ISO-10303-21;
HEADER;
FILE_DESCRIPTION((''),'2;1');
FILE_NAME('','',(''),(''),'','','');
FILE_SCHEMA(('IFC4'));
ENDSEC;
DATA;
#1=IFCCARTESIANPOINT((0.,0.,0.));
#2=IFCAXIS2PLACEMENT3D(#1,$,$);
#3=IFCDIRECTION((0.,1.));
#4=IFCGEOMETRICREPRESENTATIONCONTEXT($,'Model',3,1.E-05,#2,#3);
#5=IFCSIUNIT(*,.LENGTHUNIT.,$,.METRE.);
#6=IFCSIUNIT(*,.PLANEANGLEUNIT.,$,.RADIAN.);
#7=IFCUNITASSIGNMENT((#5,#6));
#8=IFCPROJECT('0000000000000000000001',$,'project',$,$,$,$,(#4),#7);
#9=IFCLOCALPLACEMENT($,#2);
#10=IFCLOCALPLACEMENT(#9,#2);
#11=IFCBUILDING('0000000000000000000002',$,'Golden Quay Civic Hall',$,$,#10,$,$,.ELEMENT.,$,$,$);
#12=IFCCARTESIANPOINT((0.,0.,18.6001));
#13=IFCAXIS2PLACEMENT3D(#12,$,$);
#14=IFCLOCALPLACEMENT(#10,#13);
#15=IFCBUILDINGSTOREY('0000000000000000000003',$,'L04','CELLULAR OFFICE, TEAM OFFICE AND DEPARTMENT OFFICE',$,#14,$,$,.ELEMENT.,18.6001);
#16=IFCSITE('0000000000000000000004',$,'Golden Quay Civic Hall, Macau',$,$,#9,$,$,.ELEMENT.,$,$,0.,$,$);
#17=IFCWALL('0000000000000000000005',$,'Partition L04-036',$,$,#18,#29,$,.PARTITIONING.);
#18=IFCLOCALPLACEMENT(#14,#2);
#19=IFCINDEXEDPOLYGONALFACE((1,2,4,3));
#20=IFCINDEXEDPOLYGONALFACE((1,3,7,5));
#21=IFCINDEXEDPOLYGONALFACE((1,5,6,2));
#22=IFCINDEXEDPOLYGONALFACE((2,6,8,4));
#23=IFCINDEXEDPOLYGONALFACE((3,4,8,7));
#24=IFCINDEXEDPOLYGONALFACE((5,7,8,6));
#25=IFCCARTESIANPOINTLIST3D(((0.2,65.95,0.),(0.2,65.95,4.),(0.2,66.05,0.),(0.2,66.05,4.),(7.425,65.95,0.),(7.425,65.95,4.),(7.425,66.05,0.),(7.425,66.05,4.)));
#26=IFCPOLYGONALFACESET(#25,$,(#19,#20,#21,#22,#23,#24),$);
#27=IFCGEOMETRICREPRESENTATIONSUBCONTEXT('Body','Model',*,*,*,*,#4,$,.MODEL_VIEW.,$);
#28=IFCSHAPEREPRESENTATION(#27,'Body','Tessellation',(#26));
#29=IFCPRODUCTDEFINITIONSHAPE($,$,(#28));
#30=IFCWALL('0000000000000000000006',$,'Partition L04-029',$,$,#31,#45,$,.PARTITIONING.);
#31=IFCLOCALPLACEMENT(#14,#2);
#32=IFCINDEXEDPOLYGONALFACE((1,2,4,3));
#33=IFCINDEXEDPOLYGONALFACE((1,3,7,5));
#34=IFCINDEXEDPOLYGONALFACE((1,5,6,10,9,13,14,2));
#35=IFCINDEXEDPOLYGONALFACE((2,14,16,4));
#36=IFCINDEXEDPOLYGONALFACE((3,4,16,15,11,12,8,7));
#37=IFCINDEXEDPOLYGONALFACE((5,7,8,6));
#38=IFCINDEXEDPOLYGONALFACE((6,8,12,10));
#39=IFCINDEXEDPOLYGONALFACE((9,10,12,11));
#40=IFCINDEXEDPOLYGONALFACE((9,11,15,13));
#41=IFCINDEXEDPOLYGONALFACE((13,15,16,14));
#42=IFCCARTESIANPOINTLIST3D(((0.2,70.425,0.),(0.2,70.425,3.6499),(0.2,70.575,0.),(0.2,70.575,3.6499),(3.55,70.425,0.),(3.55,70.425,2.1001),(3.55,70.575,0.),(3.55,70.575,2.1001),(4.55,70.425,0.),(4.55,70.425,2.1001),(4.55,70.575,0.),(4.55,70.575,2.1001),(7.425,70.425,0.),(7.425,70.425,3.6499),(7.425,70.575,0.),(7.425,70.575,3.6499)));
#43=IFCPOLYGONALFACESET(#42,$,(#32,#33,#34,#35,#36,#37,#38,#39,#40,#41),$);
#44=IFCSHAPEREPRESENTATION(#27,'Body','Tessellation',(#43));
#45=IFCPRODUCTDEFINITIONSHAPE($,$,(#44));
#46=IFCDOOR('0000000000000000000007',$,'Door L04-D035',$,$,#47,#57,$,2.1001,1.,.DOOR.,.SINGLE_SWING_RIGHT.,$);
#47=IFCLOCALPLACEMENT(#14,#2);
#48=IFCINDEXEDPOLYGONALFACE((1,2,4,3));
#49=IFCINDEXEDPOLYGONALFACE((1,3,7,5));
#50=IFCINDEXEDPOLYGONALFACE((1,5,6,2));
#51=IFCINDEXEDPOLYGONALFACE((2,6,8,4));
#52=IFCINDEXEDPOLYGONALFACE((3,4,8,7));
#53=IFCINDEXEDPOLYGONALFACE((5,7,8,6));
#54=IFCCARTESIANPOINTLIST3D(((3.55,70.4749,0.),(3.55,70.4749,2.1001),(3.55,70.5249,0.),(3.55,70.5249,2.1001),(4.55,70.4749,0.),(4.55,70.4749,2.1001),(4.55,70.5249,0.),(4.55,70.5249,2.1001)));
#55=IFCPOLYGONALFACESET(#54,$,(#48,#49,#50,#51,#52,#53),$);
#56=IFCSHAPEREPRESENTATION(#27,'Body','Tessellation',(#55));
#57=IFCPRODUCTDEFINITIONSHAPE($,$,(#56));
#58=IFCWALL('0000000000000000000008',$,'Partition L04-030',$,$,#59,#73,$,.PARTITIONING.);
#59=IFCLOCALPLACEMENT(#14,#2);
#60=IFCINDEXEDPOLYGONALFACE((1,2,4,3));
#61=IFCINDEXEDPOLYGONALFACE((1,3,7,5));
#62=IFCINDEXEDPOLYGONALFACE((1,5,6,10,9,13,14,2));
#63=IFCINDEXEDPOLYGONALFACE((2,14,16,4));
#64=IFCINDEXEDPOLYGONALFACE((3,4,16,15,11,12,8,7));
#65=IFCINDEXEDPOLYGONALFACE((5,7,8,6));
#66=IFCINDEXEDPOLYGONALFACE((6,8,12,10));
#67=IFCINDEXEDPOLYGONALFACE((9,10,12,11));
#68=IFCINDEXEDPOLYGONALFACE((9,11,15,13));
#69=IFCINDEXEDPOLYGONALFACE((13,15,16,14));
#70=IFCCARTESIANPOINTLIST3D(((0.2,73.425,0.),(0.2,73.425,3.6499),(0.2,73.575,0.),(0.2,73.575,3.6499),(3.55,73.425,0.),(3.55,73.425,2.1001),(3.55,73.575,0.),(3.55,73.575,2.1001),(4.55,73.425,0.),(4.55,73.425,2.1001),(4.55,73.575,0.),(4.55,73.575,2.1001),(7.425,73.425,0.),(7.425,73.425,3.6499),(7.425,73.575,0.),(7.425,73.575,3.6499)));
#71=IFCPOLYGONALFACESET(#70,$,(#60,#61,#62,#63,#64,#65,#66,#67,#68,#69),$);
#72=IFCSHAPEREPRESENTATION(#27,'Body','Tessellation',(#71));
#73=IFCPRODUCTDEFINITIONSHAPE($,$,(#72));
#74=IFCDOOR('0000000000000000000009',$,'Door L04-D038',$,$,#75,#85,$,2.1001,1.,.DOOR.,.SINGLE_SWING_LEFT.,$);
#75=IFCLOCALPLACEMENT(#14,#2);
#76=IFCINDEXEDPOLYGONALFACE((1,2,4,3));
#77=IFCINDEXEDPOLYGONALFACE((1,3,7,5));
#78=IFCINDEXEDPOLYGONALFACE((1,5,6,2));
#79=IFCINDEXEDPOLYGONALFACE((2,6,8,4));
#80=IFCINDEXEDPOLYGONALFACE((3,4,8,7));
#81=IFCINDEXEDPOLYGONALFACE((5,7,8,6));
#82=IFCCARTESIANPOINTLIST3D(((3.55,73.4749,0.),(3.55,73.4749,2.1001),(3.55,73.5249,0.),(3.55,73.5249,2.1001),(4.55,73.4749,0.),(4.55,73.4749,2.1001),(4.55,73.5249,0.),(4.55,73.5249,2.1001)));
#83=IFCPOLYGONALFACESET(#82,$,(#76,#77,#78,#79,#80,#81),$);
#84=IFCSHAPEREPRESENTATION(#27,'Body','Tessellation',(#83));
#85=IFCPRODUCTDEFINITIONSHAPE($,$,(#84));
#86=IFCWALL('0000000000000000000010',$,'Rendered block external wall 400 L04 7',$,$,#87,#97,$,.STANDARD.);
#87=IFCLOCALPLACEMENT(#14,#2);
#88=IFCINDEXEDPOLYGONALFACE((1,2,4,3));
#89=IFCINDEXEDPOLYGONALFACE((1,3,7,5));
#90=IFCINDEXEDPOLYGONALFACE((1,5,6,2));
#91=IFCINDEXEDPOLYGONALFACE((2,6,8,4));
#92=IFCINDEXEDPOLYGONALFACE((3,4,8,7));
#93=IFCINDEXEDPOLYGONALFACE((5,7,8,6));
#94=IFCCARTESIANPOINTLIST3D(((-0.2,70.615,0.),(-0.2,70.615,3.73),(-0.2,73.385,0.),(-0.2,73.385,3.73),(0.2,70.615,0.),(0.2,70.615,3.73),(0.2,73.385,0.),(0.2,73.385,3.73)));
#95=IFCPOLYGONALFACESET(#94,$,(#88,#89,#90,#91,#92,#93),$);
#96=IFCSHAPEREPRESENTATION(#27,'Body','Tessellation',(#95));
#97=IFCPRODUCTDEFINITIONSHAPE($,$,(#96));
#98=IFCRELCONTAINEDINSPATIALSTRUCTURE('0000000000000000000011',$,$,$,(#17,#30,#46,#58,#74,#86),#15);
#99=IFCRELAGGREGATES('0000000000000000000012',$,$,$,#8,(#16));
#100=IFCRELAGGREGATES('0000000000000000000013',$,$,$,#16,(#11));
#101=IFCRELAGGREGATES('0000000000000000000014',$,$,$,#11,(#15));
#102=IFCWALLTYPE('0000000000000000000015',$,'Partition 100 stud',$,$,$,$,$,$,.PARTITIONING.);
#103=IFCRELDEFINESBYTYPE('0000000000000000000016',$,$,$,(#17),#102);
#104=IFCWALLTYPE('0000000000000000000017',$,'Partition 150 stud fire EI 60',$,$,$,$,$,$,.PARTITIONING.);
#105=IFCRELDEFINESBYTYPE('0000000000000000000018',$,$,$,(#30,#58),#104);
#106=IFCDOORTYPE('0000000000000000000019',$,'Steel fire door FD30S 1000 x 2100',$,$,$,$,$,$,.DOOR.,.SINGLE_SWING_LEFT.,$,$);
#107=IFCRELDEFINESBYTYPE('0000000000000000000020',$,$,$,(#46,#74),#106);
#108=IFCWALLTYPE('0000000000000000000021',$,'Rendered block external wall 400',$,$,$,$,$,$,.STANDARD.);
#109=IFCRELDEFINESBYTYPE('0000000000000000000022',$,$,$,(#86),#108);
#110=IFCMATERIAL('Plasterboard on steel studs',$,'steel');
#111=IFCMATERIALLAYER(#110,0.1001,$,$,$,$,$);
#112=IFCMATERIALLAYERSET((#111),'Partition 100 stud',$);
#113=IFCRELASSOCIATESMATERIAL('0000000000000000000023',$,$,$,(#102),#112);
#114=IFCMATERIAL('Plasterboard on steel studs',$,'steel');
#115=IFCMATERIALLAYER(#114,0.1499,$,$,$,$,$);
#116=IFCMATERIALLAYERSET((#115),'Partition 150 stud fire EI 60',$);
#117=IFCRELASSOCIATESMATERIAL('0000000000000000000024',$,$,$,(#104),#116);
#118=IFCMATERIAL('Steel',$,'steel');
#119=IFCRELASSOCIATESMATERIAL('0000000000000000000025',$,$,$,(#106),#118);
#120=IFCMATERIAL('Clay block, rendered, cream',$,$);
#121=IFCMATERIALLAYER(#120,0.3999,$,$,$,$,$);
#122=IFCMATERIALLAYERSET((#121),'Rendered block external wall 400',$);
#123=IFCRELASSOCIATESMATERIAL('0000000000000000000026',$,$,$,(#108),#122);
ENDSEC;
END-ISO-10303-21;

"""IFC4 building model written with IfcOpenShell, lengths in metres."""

from ifc_helpers import new_model, si_unit, direction, frame, frame_2d, origin, place, context, subcontext, project, spatial, rectangle, extrude, material, layer, layer_set, type_object, element, fill, save


model = new_model("IFC4")

# Units and contexts
model_context = context("Model", 3, precision=1e-05, world=origin(), true_north=direction((0.0, 1.0)))
body_context = subcontext(model_context, "Body", "Model", "MODEL_VIEW")
ifc_project = project(units=[si_unit("LENGTHUNIT", "METRE"), si_unit("PLANEANGLEUNIT", "RADIAN")], contexts=[model_context])

# Site, building, storey
site_placement = place(None, origin())
site = spatial("IfcSite", under=ifc_project, at=site_placement, Name="Golden Quay Civic Hall, Macau", CompositionType="ELEMENT", RefElevation=0.0)
building_placement = place(site_placement, origin())
building = spatial("IfcBuilding", under=site, at=building_placement, Name="Golden Quay Civic Hall", CompositionType="ELEMENT")
storey_placement = place(building_placement, frame((0.0, 0.0, 18.6001)))
storey = spatial("IfcBuildingStorey", under=building, at=storey_placement, Name="L04", Description="CELLULAR OFFICE, TEAM OFFICE AND DEPARTMENT OFFICE", CompositionType="ELEMENT", Elevation=18.6001)

# Wall
ifc_material_1 = material(Name="Plasterboard on steel studs", Category="steel")
ifc_layer_1 = layer(ifc_material_1, 0.1001)
ifc_layer_set_1 = layer_set([ifc_layer_1], Name="Partition 100 stud")
wall_type_1 = type_object("IfcWallType", Name="Partition 100 stud", PredefinedType="PARTITIONING", material=ifc_layer_set_1)
wall_1_placement = place(storey_placement, frame((0.2, 66.0, 0.0), z_axis=(0.0, 0.0, 1.0), x_axis=(1.0, 0.0, 0.0)))
element("IfcWall", 1, at=wall_1_placement, inside=storey, type_object=wall_type_1, Name="Partition L04-036", PredefinedType="PARTITIONING", context=body_context, shape_type="SweptSolid", body=[
    extrude(rectangle(XDim=7.2251, YDim=0.1001, at=frame_2d((3.6125, 0.0))), origin(), (0.0, 0.0, 1.0), 4.0),
])

# Walls, openings, doors
ifc_material_2 = material(Name="Plasterboard on steel studs", Category="steel")
ifc_layer_2 = layer(ifc_material_2, 0.1499)
ifc_layer_set_2 = layer_set([ifc_layer_2], Name="Partition 150 stud fire EI 60")
wall_type_2 = type_object("IfcWallType", Name="Partition 150 stud fire EI 60", PredefinedType="PARTITIONING", material=ifc_layer_set_2)
wall_2_placement = place(storey_placement, frame((0.2, 70.5, 0.0), z_axis=(0.0, 0.0, 1.0), x_axis=(1.0, 0.0, 0.0)))
wall_2 = element("IfcWall", 2, at=wall_2_placement, inside=storey, type_object=wall_type_2, Name="Partition L04-029", PredefinedType="PARTITIONING", context=body_context, shape_type="SweptSolid", body=[
    extrude(rectangle(XDim=7.2251, YDim=0.1499, at=frame_2d((3.6125, 0.0))), origin(), (0.0, 0.0, 1.0), 3.6499),
])
opening_1_placement = place(wall_2_placement, frame((3.3501, 0.0, 0.0)))
opening_1 = element("IfcOpeningElement", 3, at=opening_1_placement, cuts=wall_2, PredefinedType="OPENING", context=body_context, shape_type="SweptSolid", body=[
    extrude(rectangle(XDim=1.0, YDim=2.1001, at=frame_2d((0.5, 1.05))), frame((0.0, 0.085, 0.0), z_axis=(0.0, -1.0, 0.0), x_axis=(1.0, 0.0, 0.0)), (0.0, 0.0, 1.0), 0.1699),
])
ifc_material_3 = material(Name="Steel", Category="steel")
door_type = type_object("IfcDoorType", Name="Steel fire door FD30S 1000 x 2100", OperationType="SINGLE_SWING_LEFT", PredefinedType="DOOR", material=ifc_material_3)
door_1_placement = place(opening_1_placement, frame((1.0, 0.0, 0.0), z_axis=(0.0, 0.0, 1.0), x_axis=(-1.0, 0.0, 0.0)))
door_1 = element("IfcDoor", 4, at=door_1_placement, inside=storey, type_object=door_type, Name="Door L04-D035", OperationType="SINGLE_SWING_RIGHT", OverallHeight=2.1001, OverallWidth=1.0, PredefinedType="DOOR", context=body_context, shape_type="SweptSolid", body=[
    extrude(rectangle(XDim=1.0, YDim=2.1001, at=frame_2d((0.5, 1.05))), frame((0.0, 0.0251, 0.0), z_axis=(0.0, -1.0, 0.0), x_axis=(1.0, 0.0, 0.0)), (0.0, 0.0, 1.0), 0.05),
])
fill(opening_1, door_1)
wall_3_placement = place(storey_placement, frame((0.2, 73.5, 0.0), z_axis=(0.0, 0.0, 1.0), x_axis=(1.0, 0.0, 0.0)))
wall_3 = element("IfcWall", 5, at=wall_3_placement, inside=storey, type_object=wall_type_2, Name="Partition L04-030", PredefinedType="PARTITIONING", context=body_context, shape_type="SweptSolid", body=[
    extrude(rectangle(XDim=7.2251, YDim=0.1499, at=frame_2d((3.6125, 0.0))), origin(), (0.0, 0.0, 1.0), 3.6499),
])
opening_2_placement = place(wall_3_placement, frame((3.3501, 0.0, 0.0)))
opening_2 = element("IfcOpeningElement", 6, at=opening_2_placement, cuts=wall_3, PredefinedType="OPENING", context=body_context, shape_type="SweptSolid", body=[
    extrude(rectangle(XDim=1.0, YDim=2.1001, at=frame_2d((0.5, 1.05))), frame((0.0, 0.085, 0.0), z_axis=(0.0, -1.0, 0.0), x_axis=(1.0, 0.0, 0.0)), (0.0, 0.0, 1.0), 0.1699),
])
door_2_placement = place(opening_2_placement, origin())
door_2 = element("IfcDoor", 7, at=door_2_placement, inside=storey, type_object=door_type, Name="Door L04-D038", OperationType="SINGLE_SWING_LEFT", OverallHeight=2.1001, OverallWidth=1.0, PredefinedType="DOOR", context=body_context, shape_type="SweptSolid", body=[
    extrude(rectangle(XDim=1.0, YDim=2.1001, at=frame_2d((0.5, 1.05))), frame((0.0, 0.0249, 0.0), z_axis=(0.0, -1.0, 0.0), x_axis=(1.0, 0.0, 0.0)), (0.0, 0.0, 1.0), 0.05),
])
fill(opening_2, door_2)

# Wall
ifc_material_4 = material(Name="Clay block, rendered, cream")
ifc_layer_3 = layer(ifc_material_4, 0.3999)
ifc_layer_set_3 = layer_set([ifc_layer_3], Name="Rendered block external wall 400")
wall_type_3 = type_object("IfcWallType", Name="Rendered block external wall 400", PredefinedType="STANDARD", material=ifc_layer_set_3)
wall_4_placement = place(storey_placement, frame((0.0, 70.615, 0.0), z_axis=(0.0, 0.0, 1.0), x_axis=(0.0, 1.0, 0.0)))
element("IfcWall", 8, at=wall_4_placement, inside=storey, type_object=wall_type_3, Name="Rendered block external wall 400 L04 7", PredefinedType="STANDARD", context=body_context, shape_type="SweptSolid", body=[
    extrude(rectangle(XDim=2.77, YDim=0.3999, at=frame_2d((1.385, 0.0))), origin(), (0.0, 0.0, 1.0), 3.73),
])

save(model, "model.ifc")
